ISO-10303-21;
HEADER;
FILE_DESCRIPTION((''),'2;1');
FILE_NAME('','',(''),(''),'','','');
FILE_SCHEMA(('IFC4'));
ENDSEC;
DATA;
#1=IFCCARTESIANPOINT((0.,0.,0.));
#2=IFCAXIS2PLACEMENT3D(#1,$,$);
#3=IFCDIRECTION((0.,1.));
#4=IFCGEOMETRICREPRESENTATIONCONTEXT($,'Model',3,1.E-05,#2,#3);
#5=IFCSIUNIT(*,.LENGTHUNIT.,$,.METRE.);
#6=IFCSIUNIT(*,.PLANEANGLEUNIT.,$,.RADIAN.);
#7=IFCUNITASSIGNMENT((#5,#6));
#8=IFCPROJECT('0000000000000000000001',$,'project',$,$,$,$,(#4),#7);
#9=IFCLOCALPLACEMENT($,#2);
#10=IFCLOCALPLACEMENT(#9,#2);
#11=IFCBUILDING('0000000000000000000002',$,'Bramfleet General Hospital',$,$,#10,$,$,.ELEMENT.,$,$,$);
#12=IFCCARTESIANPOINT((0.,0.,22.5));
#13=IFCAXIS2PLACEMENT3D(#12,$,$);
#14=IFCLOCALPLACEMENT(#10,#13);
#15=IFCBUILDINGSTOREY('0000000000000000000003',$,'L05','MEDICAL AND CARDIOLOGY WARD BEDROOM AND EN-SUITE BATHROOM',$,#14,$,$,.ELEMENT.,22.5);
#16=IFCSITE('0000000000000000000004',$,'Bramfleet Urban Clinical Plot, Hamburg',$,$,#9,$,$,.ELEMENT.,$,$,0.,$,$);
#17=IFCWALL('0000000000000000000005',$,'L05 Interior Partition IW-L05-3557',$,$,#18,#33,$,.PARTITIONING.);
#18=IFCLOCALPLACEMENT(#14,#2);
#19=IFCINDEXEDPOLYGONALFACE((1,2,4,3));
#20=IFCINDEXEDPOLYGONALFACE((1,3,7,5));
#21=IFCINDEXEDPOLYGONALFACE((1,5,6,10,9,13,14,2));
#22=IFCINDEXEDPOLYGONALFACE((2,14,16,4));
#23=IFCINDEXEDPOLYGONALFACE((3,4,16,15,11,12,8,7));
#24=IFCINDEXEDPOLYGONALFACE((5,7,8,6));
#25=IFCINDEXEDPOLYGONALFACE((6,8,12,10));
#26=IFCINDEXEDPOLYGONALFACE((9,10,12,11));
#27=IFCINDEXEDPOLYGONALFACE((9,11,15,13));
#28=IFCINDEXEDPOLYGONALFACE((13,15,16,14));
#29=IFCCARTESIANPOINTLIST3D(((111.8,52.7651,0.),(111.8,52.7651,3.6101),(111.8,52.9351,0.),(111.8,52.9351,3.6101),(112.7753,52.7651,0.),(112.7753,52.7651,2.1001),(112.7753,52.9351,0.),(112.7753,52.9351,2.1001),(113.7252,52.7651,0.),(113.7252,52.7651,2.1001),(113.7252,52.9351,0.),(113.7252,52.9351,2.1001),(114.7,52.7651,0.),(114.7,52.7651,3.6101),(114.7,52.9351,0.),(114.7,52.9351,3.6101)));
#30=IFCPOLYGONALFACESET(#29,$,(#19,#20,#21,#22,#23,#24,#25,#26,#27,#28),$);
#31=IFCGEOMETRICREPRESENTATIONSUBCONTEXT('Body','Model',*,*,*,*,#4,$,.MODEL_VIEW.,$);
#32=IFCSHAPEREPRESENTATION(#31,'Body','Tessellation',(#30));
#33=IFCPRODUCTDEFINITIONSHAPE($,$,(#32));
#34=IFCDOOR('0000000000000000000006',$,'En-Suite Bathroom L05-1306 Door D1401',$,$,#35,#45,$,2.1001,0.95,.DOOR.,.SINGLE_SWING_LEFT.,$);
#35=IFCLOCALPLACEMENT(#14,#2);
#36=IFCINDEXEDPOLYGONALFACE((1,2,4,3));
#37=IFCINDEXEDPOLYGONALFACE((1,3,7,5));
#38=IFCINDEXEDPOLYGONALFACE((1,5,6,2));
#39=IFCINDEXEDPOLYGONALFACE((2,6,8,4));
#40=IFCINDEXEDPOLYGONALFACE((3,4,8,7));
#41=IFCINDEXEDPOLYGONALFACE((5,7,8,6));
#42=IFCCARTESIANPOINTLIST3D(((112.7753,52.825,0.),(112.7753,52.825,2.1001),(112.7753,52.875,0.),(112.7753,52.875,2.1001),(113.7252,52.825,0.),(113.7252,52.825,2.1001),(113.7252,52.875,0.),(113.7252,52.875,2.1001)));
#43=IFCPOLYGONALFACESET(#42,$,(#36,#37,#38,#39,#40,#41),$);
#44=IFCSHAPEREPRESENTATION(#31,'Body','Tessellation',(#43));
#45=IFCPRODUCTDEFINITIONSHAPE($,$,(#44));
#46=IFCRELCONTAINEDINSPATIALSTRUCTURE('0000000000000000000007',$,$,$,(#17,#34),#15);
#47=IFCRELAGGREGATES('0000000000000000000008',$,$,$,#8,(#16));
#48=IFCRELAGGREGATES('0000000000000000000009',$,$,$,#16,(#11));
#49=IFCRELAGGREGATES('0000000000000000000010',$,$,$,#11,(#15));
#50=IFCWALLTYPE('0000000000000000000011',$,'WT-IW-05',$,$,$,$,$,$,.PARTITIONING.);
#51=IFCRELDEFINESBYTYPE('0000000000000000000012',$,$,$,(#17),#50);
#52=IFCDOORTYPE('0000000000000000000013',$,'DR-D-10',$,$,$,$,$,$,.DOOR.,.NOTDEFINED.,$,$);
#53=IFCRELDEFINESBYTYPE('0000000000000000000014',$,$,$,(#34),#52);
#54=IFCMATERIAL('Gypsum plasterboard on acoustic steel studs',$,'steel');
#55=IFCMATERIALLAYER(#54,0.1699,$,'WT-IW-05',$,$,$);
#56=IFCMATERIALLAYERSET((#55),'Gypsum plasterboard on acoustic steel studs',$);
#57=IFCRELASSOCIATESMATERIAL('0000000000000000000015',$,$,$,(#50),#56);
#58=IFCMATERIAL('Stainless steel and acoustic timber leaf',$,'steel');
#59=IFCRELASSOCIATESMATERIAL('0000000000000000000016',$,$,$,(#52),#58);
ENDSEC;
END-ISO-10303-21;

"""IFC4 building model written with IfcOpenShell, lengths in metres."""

from ifc_helpers import new_model, si_unit, direction, frame, frame_2d, origin, place, context, subcontext, project, spatial, rectangle, extrude, material, layer, layer_set, type_object, element, fill, save


model = new_model("IFC4")

# Units and contexts
model_context = context("Model", 3, precision=1e-05, world=origin(), true_north=direction((0.0, 1.0)))
body_context = subcontext(model_context, "Body", "Model", "MODEL_VIEW")
ifc_project = project(units=[si_unit("LENGTHUNIT", "METRE"), si_unit("PLANEANGLEUNIT", "RADIAN")], contexts=[model_context])

# Site, building, storey
site_placement = place(None, origin())
site = spatial("IfcSite", under=ifc_project, at=site_placement, Name="Bramfleet Urban Clinical Plot, Hamburg", CompositionType="ELEMENT", RefElevation=0.0)
building_placement = place(site_placement, origin())
building = spatial("IfcBuilding", under=site, at=building_placement, Name="Bramfleet General Hospital", CompositionType="ELEMENT")
storey_placement = place(building_placement, frame((0.0, 0.0, 22.5)))
storey = spatial("IfcBuildingStorey", under=building, at=storey_placement, Name="L05", Description="MEDICAL AND CARDIOLOGY WARD BEDROOM AND EN-SUITE BATHROOM", CompositionType="ELEMENT", Elevation=22.5)

# Wall, opening, door
ifc_material_1 = material(Name="Gypsum plasterboard on acoustic steel studs", Category="steel")
ifc_layer_1 = layer(ifc_material_1, 0.1699, Name="WT-IW-05")
ifc_layer_set_1 = layer_set([ifc_layer_1], Name="Gypsum plasterboard on acoustic steel studs")
wall_type_1 = type_object("IfcWallType", Name="WT-IW-05", PredefinedType="PARTITIONING", material=ifc_layer_set_1)
wall_1_placement = place(storey_placement, frame((111.8, 52.8501, 0.0), z_axis=(0.0, 0.0, 1.0), x_axis=(1.0, 0.0, 0.0)))
wall_1 = element("IfcWall", 1, at=wall_1_placement, inside=storey, type_object=wall_type_1, Name="L05 Interior Partition IW-L05-3557", PredefinedType="PARTITIONING", context=body_context, shape_type="SweptSolid", body=[
    extrude(rectangle(XDim=2.8999, YDim=0.1699, at=frame_2d((1.45, 0.0))), origin(), (0.0, 0.0, 1.0), 3.6101),
])
opening_placement = place(wall_1_placement, frame((0.9751, 0.0, 0.0)))
opening = element("IfcOpeningElement", 2, at=opening_placement, cuts=wall_1, PredefinedType="OPENING", context=body_context, shape_type="SweptSolid", body=[
    extrude(rectangle(XDim=0.95, YDim=2.1001, at=frame_2d((0.4751, 1.05))), frame((0.0, 0.095, 0.0), z_axis=(0.0, -1.0, 0.0), x_axis=(1.0, 0.0, 0.0)), (0.0, 0.0, 1.0), 0.1899),
])
ifc_material_2 = material(Name="Stainless steel and acoustic timber leaf", Category="steel")
door_type = type_object("IfcDoorType", Name="DR-D-10", OperationType="NOTDEFINED", PredefinedType="DOOR", material=ifc_material_2)
door_placement = place(opening_placement, origin())
door = element("IfcDoor", 3, at=door_placement, inside=storey, type_object=door_type, Name="En-Suite Bathroom L05-1306 Door D1401", OperationType="SINGLE_SWING_LEFT", OverallHeight=2.1001, OverallWidth=0.95, PredefinedType="DOOR", context=body_context, shape_type="SweptSolid", body=[
    extrude(rectangle(XDim=0.95, YDim=2.1001, at=frame_2d((0.4751, 1.05))), frame((0.0, 0.0249, 0.0), z_axis=(0.0, -1.0, 0.0), x_axis=(1.0, 0.0, 0.0)), (0.0, 0.0, 1.0), 0.05),
])
fill(opening, door)

save(model, "model.ifc")
